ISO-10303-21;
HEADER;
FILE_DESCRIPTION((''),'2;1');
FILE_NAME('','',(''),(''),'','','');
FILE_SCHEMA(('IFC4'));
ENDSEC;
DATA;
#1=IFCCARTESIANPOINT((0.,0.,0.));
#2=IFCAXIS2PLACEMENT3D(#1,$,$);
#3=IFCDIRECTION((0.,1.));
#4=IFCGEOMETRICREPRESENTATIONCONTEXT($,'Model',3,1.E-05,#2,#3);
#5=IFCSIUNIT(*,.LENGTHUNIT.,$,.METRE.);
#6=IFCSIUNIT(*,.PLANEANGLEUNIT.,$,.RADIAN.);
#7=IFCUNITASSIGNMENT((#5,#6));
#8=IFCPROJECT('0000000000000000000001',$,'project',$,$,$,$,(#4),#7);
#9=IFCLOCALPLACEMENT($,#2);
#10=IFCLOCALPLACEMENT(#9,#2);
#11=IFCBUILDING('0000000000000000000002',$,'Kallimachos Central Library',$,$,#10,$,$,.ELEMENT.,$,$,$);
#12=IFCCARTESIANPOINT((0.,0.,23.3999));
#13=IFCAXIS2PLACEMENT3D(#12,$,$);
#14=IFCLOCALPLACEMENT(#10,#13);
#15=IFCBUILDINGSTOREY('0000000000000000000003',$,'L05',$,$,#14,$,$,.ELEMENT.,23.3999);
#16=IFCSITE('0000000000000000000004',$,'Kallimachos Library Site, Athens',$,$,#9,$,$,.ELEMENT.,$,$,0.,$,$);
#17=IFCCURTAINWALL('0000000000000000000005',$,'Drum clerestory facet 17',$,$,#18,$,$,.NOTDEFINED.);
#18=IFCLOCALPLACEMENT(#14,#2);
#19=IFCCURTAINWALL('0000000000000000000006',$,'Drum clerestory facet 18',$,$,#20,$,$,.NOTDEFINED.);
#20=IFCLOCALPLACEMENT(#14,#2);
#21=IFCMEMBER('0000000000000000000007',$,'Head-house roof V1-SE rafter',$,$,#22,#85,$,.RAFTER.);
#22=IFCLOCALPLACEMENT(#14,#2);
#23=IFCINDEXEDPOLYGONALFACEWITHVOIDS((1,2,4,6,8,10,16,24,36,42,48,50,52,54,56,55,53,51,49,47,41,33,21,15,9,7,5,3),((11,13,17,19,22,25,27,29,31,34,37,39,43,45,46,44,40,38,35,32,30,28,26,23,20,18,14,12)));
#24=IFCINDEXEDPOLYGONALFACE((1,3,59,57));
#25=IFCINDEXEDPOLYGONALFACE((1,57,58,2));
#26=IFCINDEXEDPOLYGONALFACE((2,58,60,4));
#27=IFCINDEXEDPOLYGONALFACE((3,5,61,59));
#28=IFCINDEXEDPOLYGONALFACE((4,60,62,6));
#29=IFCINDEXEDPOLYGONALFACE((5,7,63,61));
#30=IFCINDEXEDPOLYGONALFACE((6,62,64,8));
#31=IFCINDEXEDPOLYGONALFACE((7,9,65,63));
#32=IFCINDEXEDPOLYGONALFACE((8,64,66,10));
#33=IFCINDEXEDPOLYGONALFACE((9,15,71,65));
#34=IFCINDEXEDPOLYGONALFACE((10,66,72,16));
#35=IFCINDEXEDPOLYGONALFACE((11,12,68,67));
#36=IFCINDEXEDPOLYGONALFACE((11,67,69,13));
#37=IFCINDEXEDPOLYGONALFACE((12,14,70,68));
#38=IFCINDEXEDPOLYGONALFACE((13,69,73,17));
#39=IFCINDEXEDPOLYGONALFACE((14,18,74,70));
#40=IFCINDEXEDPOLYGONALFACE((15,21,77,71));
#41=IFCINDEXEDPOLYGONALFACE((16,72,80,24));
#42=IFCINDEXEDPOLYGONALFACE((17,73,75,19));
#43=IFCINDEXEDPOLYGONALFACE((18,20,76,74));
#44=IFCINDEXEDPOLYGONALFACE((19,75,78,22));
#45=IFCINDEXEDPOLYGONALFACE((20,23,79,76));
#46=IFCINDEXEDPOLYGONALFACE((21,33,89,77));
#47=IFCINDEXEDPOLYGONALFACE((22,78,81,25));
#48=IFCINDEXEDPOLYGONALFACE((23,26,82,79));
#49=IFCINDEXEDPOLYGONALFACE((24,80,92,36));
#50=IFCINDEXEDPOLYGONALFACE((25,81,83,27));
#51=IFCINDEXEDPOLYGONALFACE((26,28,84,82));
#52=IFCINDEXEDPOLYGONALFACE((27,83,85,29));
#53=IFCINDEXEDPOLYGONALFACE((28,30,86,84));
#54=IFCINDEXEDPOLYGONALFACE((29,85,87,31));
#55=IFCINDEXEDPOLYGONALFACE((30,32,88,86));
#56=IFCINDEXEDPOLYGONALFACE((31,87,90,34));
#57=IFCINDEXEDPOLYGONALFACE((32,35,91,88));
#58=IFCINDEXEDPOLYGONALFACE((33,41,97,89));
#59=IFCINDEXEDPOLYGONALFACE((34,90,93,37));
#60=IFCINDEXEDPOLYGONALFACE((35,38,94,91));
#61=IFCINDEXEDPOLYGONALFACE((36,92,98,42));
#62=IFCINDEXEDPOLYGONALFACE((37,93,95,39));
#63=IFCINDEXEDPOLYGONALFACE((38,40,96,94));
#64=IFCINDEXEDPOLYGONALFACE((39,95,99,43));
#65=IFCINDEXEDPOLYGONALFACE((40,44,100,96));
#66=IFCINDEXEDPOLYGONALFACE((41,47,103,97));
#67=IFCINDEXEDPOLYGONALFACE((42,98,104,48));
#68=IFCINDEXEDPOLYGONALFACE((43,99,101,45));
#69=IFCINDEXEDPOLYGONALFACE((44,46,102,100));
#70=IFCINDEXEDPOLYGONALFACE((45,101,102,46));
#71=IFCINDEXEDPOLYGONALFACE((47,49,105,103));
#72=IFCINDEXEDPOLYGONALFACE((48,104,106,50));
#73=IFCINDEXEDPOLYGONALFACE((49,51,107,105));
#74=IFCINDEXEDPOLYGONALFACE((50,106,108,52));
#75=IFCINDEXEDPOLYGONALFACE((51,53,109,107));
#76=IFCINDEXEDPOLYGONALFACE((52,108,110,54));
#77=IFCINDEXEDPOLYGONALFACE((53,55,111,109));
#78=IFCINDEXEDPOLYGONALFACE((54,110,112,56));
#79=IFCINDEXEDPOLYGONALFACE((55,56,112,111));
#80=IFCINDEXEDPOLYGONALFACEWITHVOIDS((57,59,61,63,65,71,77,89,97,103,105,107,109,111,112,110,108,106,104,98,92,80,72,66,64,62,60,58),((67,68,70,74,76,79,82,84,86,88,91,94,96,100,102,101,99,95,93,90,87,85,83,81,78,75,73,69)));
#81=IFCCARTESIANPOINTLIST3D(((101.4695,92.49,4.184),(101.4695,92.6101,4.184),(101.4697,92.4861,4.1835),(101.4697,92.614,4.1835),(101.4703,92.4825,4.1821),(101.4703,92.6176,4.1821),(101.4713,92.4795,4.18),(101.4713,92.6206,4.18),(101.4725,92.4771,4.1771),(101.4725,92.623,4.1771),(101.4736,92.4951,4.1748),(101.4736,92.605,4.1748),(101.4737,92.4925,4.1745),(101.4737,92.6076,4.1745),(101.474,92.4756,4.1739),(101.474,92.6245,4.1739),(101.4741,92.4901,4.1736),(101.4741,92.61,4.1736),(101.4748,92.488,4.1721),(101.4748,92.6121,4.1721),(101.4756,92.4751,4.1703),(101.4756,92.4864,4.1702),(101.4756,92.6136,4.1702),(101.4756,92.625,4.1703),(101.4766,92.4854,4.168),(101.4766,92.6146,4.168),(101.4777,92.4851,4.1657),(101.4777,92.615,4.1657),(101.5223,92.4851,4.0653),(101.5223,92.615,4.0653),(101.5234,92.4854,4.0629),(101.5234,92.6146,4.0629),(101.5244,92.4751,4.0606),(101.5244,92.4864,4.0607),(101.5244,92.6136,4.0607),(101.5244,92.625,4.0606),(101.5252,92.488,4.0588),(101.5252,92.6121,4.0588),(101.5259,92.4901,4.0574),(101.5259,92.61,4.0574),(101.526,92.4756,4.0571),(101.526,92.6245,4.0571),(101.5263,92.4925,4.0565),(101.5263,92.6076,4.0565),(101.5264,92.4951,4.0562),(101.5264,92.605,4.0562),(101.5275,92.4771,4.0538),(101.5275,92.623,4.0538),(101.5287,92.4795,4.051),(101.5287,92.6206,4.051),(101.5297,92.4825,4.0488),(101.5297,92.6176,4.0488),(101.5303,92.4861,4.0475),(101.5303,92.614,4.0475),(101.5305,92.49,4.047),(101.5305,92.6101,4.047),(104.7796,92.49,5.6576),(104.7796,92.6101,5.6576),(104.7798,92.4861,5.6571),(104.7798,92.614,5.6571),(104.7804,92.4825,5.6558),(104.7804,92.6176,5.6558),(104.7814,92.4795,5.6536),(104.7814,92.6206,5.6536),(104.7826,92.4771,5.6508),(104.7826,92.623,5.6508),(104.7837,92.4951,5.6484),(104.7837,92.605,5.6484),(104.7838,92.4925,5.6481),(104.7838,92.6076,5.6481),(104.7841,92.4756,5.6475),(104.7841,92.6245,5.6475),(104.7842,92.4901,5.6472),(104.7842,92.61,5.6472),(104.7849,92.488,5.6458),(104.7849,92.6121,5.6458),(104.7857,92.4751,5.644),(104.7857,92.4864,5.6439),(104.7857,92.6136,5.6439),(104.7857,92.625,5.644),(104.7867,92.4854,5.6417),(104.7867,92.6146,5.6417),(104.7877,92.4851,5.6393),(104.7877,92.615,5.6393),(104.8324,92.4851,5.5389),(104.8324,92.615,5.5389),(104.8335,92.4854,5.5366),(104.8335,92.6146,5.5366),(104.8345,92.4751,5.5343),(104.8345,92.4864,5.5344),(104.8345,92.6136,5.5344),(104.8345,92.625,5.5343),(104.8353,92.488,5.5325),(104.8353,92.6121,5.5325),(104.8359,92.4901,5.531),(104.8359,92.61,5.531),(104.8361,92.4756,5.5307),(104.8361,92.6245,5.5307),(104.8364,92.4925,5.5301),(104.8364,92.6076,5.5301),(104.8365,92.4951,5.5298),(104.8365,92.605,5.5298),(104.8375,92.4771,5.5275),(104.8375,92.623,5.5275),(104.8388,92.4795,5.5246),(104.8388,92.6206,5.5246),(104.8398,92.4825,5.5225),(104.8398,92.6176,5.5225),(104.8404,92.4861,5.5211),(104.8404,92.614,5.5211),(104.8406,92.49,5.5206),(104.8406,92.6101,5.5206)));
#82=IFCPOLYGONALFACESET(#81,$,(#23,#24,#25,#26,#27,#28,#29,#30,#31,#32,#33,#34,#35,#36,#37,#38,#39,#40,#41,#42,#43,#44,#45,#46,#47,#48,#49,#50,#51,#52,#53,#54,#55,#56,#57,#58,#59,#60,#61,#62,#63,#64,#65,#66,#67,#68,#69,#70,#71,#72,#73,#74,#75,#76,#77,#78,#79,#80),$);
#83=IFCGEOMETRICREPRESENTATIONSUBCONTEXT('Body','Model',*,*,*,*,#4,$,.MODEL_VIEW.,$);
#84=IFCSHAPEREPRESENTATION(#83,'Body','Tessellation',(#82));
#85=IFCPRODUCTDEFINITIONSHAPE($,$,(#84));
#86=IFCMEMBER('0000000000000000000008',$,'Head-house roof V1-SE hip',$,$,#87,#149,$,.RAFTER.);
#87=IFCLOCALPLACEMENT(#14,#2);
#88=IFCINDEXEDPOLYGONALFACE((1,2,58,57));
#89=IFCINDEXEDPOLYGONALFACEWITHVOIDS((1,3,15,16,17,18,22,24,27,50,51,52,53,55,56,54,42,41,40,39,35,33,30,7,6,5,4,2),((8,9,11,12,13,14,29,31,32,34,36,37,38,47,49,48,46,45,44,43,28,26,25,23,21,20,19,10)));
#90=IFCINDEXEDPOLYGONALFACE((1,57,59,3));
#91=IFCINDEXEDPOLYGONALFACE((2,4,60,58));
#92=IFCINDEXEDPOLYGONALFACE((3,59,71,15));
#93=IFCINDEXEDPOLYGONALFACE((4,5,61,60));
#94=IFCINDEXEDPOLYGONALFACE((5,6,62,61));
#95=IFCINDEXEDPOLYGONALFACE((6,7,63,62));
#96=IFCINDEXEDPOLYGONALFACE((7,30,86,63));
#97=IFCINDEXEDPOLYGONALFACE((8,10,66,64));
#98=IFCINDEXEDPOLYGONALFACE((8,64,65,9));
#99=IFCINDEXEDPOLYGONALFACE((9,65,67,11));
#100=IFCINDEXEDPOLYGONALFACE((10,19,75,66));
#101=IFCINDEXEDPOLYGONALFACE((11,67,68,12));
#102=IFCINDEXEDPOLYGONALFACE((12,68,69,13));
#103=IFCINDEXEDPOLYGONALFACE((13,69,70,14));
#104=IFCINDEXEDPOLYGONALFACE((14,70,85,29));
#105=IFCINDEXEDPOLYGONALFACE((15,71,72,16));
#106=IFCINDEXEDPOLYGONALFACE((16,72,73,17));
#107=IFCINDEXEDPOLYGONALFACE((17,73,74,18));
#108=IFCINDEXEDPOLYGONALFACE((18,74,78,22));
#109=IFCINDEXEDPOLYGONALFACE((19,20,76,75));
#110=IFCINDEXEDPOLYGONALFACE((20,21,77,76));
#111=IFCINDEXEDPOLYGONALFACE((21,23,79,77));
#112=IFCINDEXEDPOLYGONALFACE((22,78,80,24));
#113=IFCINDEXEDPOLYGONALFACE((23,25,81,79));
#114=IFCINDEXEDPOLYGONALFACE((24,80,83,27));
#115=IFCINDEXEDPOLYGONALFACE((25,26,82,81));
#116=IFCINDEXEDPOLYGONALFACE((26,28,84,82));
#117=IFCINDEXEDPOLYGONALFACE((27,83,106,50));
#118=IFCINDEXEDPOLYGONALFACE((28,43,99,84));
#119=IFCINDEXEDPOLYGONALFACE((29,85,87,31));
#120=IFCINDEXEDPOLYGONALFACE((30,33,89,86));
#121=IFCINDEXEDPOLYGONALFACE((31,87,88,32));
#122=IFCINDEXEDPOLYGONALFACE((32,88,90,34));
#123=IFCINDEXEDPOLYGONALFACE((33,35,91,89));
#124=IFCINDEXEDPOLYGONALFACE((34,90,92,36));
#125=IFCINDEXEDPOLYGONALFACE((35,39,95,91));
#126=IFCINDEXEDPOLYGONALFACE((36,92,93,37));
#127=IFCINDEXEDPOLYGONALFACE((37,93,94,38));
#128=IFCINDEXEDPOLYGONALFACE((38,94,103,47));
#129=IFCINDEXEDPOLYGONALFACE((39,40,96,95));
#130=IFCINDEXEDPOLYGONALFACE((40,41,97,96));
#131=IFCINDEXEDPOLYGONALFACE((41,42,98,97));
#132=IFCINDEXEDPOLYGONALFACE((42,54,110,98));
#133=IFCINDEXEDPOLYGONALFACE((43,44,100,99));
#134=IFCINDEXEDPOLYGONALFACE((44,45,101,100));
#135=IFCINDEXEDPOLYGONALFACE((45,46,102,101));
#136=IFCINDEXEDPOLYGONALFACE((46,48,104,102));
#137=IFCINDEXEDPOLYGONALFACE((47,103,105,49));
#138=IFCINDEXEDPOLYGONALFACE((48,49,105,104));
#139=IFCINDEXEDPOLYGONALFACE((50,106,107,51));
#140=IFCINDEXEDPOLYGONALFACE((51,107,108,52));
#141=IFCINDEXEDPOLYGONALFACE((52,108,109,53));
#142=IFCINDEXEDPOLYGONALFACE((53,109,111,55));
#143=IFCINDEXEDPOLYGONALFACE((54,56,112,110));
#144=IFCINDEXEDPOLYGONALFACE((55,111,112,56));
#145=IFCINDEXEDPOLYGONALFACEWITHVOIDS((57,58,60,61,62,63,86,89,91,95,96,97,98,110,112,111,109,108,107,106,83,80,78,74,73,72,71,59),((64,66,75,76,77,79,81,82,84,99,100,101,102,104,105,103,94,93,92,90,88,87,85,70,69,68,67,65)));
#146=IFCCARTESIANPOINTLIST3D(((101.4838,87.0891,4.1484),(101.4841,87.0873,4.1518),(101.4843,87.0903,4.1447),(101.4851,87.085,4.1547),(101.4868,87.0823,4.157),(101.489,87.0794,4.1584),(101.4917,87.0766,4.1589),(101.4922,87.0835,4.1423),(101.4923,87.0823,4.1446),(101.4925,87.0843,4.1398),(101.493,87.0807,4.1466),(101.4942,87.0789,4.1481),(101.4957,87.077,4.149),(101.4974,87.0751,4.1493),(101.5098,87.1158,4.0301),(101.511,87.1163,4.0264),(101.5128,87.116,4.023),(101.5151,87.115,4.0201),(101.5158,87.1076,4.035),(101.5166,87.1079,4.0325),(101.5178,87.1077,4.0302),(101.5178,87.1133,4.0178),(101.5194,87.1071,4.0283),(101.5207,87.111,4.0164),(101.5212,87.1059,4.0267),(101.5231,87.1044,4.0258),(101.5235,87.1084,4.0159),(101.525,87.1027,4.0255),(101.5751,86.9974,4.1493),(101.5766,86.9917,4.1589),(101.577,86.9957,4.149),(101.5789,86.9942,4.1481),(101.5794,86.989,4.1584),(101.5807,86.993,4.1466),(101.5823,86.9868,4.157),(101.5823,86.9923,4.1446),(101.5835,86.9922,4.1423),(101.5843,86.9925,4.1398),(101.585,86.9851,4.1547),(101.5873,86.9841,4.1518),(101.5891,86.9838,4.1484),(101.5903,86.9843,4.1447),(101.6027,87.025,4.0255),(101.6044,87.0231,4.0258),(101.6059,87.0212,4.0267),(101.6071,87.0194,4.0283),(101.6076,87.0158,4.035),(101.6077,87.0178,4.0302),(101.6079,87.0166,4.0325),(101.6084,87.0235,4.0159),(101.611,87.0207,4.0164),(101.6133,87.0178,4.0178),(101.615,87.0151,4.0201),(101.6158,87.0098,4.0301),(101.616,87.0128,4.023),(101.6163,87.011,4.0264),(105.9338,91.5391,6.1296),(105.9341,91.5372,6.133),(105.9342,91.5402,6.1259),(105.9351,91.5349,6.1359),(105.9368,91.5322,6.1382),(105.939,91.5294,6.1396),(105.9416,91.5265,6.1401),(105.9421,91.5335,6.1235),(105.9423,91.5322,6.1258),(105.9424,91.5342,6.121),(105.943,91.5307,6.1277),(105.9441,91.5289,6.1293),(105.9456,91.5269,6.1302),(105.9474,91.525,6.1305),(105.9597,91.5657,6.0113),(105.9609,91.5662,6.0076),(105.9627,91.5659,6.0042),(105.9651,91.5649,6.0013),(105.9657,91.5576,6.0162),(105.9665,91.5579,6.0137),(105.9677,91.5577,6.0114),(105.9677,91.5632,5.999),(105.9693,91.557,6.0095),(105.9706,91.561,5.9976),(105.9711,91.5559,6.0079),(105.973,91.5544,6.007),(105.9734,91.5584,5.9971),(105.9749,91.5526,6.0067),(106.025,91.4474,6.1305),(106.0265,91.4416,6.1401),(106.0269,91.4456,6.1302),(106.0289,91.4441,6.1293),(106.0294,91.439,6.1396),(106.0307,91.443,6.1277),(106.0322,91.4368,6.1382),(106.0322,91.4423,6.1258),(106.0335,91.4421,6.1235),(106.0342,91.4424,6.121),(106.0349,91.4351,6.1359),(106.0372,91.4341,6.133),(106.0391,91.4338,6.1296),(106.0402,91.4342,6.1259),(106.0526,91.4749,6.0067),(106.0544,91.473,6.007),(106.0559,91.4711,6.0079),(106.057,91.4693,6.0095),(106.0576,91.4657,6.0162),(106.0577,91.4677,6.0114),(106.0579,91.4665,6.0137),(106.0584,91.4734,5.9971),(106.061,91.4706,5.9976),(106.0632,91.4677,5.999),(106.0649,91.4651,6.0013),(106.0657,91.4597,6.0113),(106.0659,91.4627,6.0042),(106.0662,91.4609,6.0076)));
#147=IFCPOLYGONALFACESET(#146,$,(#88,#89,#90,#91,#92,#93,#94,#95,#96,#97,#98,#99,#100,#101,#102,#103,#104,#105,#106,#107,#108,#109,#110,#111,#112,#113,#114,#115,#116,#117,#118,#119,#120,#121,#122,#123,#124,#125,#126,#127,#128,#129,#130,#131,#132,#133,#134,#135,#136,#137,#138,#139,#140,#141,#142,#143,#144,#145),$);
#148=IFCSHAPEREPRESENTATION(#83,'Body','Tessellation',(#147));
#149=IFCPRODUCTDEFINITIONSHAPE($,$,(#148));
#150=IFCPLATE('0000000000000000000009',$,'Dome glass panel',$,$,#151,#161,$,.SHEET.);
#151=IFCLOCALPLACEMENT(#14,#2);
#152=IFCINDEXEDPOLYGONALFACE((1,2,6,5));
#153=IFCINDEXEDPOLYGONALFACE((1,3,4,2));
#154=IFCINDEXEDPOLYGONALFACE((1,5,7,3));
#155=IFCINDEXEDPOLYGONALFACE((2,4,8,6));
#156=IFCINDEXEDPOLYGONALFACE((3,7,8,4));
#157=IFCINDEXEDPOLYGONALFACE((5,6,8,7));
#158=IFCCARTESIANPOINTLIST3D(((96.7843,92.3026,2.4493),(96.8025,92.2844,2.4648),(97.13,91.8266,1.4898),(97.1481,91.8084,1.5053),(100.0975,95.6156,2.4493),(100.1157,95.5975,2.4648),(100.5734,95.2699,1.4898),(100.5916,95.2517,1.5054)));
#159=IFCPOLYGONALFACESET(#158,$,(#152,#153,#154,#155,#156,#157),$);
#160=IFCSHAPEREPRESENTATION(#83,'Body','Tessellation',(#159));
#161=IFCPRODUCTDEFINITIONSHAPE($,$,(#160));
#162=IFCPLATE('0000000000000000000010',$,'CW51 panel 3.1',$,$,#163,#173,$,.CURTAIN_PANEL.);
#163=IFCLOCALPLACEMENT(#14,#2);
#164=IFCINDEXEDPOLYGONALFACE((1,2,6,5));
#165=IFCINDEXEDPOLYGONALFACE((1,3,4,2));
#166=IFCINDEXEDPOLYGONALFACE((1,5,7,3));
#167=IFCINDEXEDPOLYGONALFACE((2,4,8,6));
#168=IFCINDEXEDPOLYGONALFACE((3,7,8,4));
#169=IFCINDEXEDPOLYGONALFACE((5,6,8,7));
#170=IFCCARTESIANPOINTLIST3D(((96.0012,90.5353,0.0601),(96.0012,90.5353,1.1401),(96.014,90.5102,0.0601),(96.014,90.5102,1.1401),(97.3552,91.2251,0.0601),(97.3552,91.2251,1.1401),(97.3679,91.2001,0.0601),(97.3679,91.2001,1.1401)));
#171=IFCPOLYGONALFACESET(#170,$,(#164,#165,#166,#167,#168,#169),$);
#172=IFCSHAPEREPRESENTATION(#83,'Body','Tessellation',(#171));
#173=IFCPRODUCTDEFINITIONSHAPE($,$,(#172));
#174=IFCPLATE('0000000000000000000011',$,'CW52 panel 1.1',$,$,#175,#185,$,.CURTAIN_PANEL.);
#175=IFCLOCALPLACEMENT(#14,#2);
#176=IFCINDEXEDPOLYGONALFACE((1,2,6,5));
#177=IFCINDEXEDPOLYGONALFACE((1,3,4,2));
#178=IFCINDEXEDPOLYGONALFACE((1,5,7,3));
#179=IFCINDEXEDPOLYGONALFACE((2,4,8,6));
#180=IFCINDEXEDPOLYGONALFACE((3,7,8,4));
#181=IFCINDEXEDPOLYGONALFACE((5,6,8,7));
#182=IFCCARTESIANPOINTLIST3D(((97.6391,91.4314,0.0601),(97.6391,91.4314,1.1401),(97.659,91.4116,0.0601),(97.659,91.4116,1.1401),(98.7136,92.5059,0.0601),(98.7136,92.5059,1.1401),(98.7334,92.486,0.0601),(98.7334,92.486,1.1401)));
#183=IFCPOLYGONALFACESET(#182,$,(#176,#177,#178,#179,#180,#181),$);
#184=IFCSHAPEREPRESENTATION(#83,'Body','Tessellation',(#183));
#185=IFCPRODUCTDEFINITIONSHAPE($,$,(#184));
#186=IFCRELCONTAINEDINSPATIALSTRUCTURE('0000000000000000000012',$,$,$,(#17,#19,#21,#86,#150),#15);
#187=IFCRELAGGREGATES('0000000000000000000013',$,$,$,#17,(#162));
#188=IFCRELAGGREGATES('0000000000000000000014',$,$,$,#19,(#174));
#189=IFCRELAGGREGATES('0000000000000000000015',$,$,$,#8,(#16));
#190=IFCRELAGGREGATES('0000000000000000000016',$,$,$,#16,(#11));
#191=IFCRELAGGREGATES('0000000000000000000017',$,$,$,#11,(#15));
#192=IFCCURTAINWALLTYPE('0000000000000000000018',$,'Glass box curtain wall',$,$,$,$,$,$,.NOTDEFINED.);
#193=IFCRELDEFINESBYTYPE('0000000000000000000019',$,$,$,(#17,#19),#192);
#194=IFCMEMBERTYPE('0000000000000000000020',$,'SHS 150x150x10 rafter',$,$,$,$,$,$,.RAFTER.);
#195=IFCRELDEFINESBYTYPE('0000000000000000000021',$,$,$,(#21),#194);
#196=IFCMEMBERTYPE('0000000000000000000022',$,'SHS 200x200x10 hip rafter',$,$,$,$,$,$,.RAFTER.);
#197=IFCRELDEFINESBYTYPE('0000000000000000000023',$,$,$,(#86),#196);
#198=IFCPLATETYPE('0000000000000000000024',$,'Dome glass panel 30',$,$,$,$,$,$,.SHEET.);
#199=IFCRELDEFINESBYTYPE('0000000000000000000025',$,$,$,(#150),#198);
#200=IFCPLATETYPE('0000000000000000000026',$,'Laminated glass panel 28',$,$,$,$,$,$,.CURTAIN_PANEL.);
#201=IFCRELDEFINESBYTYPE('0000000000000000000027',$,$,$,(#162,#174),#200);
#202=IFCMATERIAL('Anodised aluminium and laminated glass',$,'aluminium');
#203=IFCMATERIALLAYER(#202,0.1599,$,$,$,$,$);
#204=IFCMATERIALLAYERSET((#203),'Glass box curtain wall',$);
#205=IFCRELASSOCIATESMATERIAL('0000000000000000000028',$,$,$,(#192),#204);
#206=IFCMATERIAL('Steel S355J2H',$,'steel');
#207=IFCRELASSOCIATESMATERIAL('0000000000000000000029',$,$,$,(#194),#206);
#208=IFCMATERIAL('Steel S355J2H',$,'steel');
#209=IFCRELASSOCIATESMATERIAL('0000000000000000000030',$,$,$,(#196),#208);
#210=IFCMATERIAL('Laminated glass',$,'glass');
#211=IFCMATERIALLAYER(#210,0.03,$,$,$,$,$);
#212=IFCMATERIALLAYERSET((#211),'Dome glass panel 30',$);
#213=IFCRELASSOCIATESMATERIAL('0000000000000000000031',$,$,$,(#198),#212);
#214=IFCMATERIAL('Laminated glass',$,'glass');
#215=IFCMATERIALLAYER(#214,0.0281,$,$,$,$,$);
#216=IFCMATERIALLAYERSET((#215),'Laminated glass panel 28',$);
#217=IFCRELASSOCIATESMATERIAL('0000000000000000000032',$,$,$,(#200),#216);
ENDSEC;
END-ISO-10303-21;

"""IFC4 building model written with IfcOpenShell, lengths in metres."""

from ifc_helpers import new_model, si_unit, direction, frame, origin, origin_2d, place, context, subcontext, project, spatial, polyline, rectangle, hollow_rectangle, outline, extrude, material, layer, layer_set, material_profile, profile_set, type_object, element, aggregate, save


model = new_model("IFC4")

# Units and contexts
model_context = context("Model", 3, precision=1e-05, world=origin(), true_north=direction((0.0, 1.0)))
body_context = subcontext(model_context, "Body", "Model", "MODEL_VIEW")
ifc_project = project(units=[si_unit("LENGTHUNIT", "METRE"), si_unit("PLANEANGLEUNIT", "RADIAN")], contexts=[model_context])

# Site, building, storey
site_placement = place(None, origin())
site = spatial("IfcSite", under=ifc_project, at=site_placement, Name="Kallimachos Library Site, Athens", CompositionType="ELEMENT", RefElevation=0.0)
building_placement = place(site_placement, origin())
building = spatial("IfcBuilding", under=site, at=building_placement, Name="Kallimachos Central Library", CompositionType="ELEMENT")
storey_placement = place(building_placement, frame((0.0, 0.0, 23.3999)))
storey = spatial("IfcBuildingStorey", under=building, at=storey_placement, Name="L05", CompositionType="ELEMENT", Elevation=23.3999)

# Curtain wall
ifc_material_1 = material(Name="Anodised aluminium and laminated glass", Category="aluminium")
ifc_layer_1 = layer(ifc_material_1, 0.1599)
ifc_layer_set_1 = layer_set([ifc_layer_1], Name="Glass box curtain wall")
curtain_wall_type = type_object("IfcCurtainWallType", Name="Glass box curtain wall", PredefinedType="NOTDEFINED", material=ifc_layer_set_1)
curtain_wall_1_placement = place(storey_placement, origin())
curtain_wall_1 = element("IfcCurtainWall", 1, at=curtain_wall_1_placement, inside=storey, type_object=curtain_wall_type, Name="Drum clerestory facet 17", PredefinedType="NOTDEFINED")

# Curtain wall
curtain_wall_2_placement = place(storey_placement, origin())
curtain_wall_2 = element("IfcCurtainWall", 2, at=curtain_wall_2_placement, inside=storey, type_object=curtain_wall_type, Name="Drum clerestory facet 18", PredefinedType="NOTDEFINED")

# Members
ifc_material_2 = material(Name="Steel S355J2H", Category="steel")
ifc_material_profile_1 = material_profile(ifc_material_2, hollow_rectangle(XDim=0.1499, YDim=0.1499, WallThickness=0.01, InnerFilletRadius=0.01, OuterFilletRadius=0.0149, at=origin_2d()), Name="SHS 150x150x10")
ifc_profile_set_1 = profile_set([ifc_material_profile_1], Name="Steel S355J2H")
member_type_1 = type_object("IfcMemberType", Name="SHS 150x150x10 rafter", PredefinedType="RAFTER", material=ifc_profile_set_1)
member_1_placement = place(storey_placement, frame((101.5, 92.55, 4.1155), z_axis=(0.913556, 0.0, 0.406714), x_axis=(0.0, 1.0, 0.0)))
element("IfcMember", 3, at=member_1_placement, inside=storey, type_object=member_type_1, Name="Head-house roof V1-SE rafter", PredefinedType="RAFTER", context=body_context, shape_type="SweptSolid", body=[
    extrude(hollow_rectangle(XDim=0.1499, YDim=0.1499, WallThickness=0.01, InnerFilletRadius=0.01, OuterFilletRadius=0.0149, at=origin_2d()), origin(), (0.0, 0.0, 1.0), 3.6233),
])
ifc_material_3 = material(Name="Steel S355J2H", Category="steel")
ifc_material_profile_2 = material_profile(ifc_material_3, hollow_rectangle(XDim=0.1499, YDim=0.1499, WallThickness=0.01, InnerFilletRadius=0.01, OuterFilletRadius=0.0149, at=origin_2d()), Name="SHS 150x150x10")
ifc_profile_set_2 = profile_set([ifc_material_profile_2], Name="Steel S355J2H")
member_type_2 = type_object("IfcMemberType", Name="SHS 200x200x10 hip rafter", PredefinedType="RAFTER", material=ifc_profile_set_2)
member_2_placement = place(storey_placement, frame((101.55, 87.05, 4.0874), z_axis=(0.674473, 0.674473, 0.300288), x_axis=(-0.707107, 0.707107, 0.0)))
element("IfcMember", 4, at=member_2_placement, inside=storey, type_object=member_type_2, Name="Head-house roof V1-SE hip", PredefinedType="RAFTER", context=body_context, shape_type="SweptSolid", body=[
    extrude(hollow_rectangle(XDim=0.1499, YDim=0.1499, WallThickness=0.01, InnerFilletRadius=0.01, OuterFilletRadius=0.0149, at=origin_2d()), origin(), (0.0, 0.0, 1.0), 6.5977),
])

# Plates
ifc_material_4 = material(Name="Laminated glass", Category="glass")
ifc_layer_2 = layer(ifc_material_4, 0.03)
ifc_layer_set_2 = layer_set([ifc_layer_2], Name="Dome glass panel 30")
plate_type_1 = type_object("IfcPlateType", Name="Dome glass panel 30", PredefinedType="SHEET", material=ifc_layer_set_2)
plate_1_placement = place(storey_placement, frame((96.8025, 92.2844, 2.4648), z_axis=(0.604845, -0.604867, 0.517975), x_axis=(0.307115, -0.42295, -0.852522)))
element("IfcPlate", 5, at=plate_1_placement, inside=storey, type_object=plate_type_1, Name="Dome glass panel", PredefinedType="SHEET", context=body_context, shape_type="SweptSolid", body=[
    extrude(outline(polyline([(0.0, 0.0), (1.1255, 0.0), (0.7266, 4.8533), (-0.3837, 4.6697), (0.0, 0.0)])), origin(), (0.0, 0.0, -1.0), 0.03),
])
ifc_material_5 = material(Name="Laminated glass", Category="glass")
ifc_layer_3 = layer(ifc_material_5, 0.0281)
ifc_layer_set_3 = layer_set([ifc_layer_3], Name="Laminated glass panel 28")
plate_type_2 = type_object("IfcPlateType", Name="Laminated glass panel 28", PredefinedType="CURTAIN_PANEL", material=ifc_layer_set_3)
plate_2_placement = place(storey_placement, frame((96.6846, 90.8677, 0.0601), z_axis=(0.0, 0.0, 1.0), x_axis=(0.891006, 0.453991, 0.0)))
plate_2 = element("IfcPlate", 6, at=plate_2_placement, type_object=plate_type_2, Name="CW51 panel 3.1", PredefinedType="CURTAIN_PANEL", context=body_context, shape_type="SweptSolid", body=[
    extrude(rectangle(XDim=1.5195, YDim=0.0281, at=origin_2d()), origin(), (0.0, 0.0, 1.0), 1.0801),
])
aggregate(curtain_wall_1, [plate_2])
plate_3_placement = place(storey_placement, frame((98.1863, 91.9587, 0.0601), z_axis=(0.0, 0.0, 1.0), x_axis=(0.707107, 0.707107, 0.0)))
plate_3 = element("IfcPlate", 7, at=plate_3_placement, type_object=plate_type_2, Name="CW52 panel 1.1", PredefinedType="CURTAIN_PANEL", context=body_context, shape_type="SweptSolid", body=[
    extrude(rectangle(XDim=1.5195, YDim=0.0281, at=origin_2d()), origin(), (0.0, 0.0, 1.0), 1.0801),
])
aggregate(curtain_wall_2, [plate_3])

save(model, "model.ifc")
